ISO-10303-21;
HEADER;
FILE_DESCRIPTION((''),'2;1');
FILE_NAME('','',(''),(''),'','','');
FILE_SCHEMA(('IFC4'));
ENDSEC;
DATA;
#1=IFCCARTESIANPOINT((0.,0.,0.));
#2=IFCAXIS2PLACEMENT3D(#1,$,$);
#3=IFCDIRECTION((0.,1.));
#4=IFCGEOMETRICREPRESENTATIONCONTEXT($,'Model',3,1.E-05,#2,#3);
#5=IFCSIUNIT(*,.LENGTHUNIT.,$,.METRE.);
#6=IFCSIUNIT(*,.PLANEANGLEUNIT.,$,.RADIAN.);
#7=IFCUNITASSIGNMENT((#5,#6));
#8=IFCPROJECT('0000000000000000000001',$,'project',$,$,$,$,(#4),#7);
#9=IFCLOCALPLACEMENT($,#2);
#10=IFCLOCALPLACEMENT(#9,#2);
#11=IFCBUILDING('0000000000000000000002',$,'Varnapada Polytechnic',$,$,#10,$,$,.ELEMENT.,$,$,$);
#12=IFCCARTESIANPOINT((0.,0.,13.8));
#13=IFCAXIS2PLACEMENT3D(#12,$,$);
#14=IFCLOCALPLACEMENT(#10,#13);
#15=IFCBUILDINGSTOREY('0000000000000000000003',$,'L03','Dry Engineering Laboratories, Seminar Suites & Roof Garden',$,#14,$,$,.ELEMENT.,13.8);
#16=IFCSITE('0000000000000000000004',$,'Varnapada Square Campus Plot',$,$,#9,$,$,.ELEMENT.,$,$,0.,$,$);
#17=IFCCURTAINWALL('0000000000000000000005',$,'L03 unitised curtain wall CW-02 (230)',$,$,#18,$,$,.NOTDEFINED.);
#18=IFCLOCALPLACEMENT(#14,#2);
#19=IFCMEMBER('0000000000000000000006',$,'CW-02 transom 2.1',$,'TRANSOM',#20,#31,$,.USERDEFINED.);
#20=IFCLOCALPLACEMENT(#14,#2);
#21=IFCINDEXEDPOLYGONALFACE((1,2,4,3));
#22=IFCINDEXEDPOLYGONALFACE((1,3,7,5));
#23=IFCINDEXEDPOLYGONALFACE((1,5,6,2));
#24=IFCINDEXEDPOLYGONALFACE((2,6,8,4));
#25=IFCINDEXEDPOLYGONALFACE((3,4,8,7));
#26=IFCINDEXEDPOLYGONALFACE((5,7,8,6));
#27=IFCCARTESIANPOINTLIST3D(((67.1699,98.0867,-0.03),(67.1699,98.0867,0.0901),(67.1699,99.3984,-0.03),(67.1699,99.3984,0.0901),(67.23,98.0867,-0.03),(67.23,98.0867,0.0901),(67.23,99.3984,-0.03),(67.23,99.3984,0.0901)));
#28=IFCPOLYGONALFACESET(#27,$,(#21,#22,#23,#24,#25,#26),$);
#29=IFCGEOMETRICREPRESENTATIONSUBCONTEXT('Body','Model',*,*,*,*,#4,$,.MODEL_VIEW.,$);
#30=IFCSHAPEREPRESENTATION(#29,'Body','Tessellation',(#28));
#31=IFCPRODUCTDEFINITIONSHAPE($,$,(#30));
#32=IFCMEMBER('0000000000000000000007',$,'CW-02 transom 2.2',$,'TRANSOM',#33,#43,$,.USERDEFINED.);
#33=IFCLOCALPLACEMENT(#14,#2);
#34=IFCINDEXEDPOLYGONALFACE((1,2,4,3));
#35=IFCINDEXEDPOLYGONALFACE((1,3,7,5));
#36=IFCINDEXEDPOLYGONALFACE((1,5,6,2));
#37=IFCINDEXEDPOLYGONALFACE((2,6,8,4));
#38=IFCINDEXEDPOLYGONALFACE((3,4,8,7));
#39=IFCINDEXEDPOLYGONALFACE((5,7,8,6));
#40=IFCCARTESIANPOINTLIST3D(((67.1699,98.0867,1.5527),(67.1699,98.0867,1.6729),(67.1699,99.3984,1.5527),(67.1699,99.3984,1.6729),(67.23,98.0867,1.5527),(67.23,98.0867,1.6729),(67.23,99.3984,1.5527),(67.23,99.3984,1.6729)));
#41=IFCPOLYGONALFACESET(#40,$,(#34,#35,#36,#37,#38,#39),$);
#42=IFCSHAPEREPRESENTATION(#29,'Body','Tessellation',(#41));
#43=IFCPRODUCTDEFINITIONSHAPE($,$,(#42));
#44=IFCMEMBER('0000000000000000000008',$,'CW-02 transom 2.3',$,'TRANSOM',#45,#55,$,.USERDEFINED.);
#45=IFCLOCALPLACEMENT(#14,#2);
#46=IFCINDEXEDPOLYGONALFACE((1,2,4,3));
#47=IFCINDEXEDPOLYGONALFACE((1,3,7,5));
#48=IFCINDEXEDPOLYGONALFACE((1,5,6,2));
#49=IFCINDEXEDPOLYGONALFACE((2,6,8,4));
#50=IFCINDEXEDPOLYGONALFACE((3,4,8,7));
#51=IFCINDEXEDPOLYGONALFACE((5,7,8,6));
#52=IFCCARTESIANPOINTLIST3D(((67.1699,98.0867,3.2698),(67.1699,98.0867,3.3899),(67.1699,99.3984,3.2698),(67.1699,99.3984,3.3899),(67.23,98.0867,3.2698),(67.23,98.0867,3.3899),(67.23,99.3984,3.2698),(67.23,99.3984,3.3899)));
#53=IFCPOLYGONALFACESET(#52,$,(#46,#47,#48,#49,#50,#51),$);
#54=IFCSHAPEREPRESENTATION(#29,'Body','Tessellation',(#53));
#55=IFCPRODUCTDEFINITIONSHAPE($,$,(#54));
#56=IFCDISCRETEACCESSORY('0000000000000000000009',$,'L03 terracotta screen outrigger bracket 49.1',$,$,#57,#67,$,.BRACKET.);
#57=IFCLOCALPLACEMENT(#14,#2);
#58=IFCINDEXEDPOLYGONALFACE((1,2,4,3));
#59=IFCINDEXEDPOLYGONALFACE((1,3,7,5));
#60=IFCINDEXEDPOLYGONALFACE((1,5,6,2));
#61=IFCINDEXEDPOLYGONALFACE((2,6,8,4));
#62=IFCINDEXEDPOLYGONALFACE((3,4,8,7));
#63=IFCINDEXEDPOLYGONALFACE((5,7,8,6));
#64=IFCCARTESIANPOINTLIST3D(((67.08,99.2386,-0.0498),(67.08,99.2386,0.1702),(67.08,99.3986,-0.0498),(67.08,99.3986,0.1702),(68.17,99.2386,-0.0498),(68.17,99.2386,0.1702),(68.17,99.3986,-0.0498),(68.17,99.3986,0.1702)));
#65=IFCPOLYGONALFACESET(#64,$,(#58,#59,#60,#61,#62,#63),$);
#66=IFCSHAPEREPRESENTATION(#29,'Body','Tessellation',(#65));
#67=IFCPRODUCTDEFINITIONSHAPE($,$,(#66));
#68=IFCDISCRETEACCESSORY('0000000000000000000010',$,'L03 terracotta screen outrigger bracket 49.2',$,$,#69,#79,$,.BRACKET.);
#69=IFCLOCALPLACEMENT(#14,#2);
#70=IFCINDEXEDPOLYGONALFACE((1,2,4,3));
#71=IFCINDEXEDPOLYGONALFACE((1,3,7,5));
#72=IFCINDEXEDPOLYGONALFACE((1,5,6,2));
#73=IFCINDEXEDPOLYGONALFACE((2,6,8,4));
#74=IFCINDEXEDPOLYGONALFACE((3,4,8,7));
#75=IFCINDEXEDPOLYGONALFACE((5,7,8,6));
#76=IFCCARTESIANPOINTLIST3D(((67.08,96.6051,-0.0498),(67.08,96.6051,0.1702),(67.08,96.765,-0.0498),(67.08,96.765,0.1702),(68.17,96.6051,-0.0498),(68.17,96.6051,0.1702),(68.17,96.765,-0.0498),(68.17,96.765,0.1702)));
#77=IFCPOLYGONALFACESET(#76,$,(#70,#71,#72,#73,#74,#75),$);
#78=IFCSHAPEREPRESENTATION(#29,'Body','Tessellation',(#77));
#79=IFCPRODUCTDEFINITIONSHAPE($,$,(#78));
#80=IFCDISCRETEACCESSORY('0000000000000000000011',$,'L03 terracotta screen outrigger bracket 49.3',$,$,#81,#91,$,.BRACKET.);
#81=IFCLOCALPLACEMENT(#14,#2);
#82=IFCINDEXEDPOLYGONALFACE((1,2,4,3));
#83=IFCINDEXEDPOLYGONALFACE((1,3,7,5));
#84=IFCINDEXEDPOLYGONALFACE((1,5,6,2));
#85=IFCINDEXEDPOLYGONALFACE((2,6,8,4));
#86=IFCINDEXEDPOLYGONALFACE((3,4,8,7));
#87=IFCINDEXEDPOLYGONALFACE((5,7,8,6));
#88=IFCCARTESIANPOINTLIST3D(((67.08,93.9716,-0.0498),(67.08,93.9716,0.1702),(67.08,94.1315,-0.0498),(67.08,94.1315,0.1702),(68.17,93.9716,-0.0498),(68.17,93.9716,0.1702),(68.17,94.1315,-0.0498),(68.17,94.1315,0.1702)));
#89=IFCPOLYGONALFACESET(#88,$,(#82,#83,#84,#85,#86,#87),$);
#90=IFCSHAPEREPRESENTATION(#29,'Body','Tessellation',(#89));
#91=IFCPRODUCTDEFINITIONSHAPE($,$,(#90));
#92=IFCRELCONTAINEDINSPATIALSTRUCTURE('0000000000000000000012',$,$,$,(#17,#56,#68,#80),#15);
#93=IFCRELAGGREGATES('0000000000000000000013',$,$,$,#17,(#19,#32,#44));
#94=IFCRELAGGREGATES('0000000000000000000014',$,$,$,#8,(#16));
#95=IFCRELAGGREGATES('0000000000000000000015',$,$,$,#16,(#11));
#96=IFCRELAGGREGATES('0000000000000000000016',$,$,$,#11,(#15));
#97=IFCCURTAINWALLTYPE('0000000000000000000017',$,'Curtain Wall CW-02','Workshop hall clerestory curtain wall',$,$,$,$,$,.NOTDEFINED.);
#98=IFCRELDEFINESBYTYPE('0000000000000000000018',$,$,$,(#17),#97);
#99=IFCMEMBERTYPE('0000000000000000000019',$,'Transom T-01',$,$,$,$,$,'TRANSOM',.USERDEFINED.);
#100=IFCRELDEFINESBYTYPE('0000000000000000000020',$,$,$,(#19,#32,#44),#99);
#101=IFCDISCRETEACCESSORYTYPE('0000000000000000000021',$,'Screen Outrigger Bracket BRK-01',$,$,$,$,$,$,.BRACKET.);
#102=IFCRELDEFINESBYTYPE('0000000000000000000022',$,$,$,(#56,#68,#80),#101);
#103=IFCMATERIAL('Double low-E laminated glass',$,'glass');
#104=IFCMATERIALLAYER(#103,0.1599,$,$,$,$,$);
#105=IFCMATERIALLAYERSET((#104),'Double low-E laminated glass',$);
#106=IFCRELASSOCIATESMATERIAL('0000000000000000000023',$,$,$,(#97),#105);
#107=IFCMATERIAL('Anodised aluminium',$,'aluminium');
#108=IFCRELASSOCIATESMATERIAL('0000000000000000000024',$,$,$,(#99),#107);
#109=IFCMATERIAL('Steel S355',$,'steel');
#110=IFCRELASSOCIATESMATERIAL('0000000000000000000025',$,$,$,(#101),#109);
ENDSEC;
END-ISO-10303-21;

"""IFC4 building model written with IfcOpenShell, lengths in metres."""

from ifc_helpers import new_model, si_unit, direction, frame, origin, origin_2d, place, context, subcontext, project, spatial, rectangle, extrude, material, layer, layer_set, material_profile, profile_set, type_object, element, aggregate, save


model = new_model("IFC4")

# Units and contexts
model_context = context("Model", 3, precision=1e-05, world=origin(), true_north=direction((0.0, 1.0)))
body_context = subcontext(model_context, "Body", "Model", "MODEL_VIEW")
ifc_project = project(units=[si_unit("LENGTHUNIT", "METRE"), si_unit("PLANEANGLEUNIT", "RADIAN")], contexts=[model_context])

# Site, building, storey
site_placement = place(None, origin())
site = spatial("IfcSite", under=ifc_project, at=site_placement, Name="Varnapada Square Campus Plot", CompositionType="ELEMENT", RefElevation=0.0)
building_placement = place(site_placement, origin())
building = spatial("IfcBuilding", under=site, at=building_placement, Name="Varnapada Polytechnic", CompositionType="ELEMENT")
storey_placement = place(building_placement, frame((0.0, 0.0, 13.8)))
storey = spatial("IfcBuildingStorey", under=building, at=storey_placement, Name="L03", Description="Dry Engineering Laboratories, Seminar Suites & Roof Garden", CompositionType="ELEMENT", Elevation=13.8)

# Curtain wall, members
ifc_material_1 = material(Name="Double low-E laminated glass", Category="glass")
ifc_layer_1 = layer(ifc_material_1, 0.1599)
ifc_layer_set_1 = layer_set([ifc_layer_1], Name="Double low-E laminated glass")
curtain_wall_type = type_object("IfcCurtainWallType", Name="Curtain Wall CW-02", Description="Workshop hall clerestory curtain wall", PredefinedType="NOTDEFINED", material=ifc_layer_set_1)
curtain_wall_placement = place(storey_placement, origin())
curtain_wall = element("IfcCurtainWall", 1, at=curtain_wall_placement, inside=storey, type_object=curtain_wall_type, Name="L03 unitised curtain wall CW-02 (230)", PredefinedType="NOTDEFINED")
ifc_material_2 = material(Name="Anodised aluminium", Category="aluminium")
ifc_material_profile = material_profile(ifc_material_2, rectangle(XDim=0.0601, YDim=0.1201, at=origin_2d()), Name="ALU T60x120")
ifc_profile_set = profile_set([ifc_material_profile], Name="Anodised aluminium")
member_type = type_object("IfcMemberType", Name="Transom T-01", ElementType="TRANSOM", PredefinedType="USERDEFINED", material=ifc_profile_set)
member_1_placement = place(storey_placement, frame((67.2, 99.3984, 0.03), z_axis=(0.0, -1.0, 0.0), x_axis=(1.0, 0.0, 0.0)))
member_1 = element("IfcMember", 2, at=member_1_placement, type_object=member_type, Name="CW-02 transom 2.1", ObjectType="TRANSOM", PredefinedType="USERDEFINED", context=body_context, shape_type="SweptSolid", body=[
    extrude(rectangle(XDim=0.0601, YDim=0.1201, at=origin_2d()), origin(), (0.0, 0.0, 1.0), 1.3118),
])
member_2_placement = place(storey_placement, frame((67.2, 99.3984, 1.6128), z_axis=(0.0, -1.0, 0.0), x_axis=(1.0, 0.0, 0.0)))
member_2 = element("IfcMember", 3, at=member_2_placement, type_object=member_type, Name="CW-02 transom 2.2", ObjectType="TRANSOM", PredefinedType="USERDEFINED", context=body_context, shape_type="SweptSolid", body=[
    extrude(rectangle(XDim=0.0601, YDim=0.1201, at=origin_2d()), origin(), (0.0, 0.0, 1.0), 1.3118),
])
member_3_placement = place(storey_placement, frame((67.2, 99.3984, 3.3298), z_axis=(0.0, -1.0, 0.0), x_axis=(1.0, 0.0, 0.0)))
member_3 = element("IfcMember", 4, at=member_3_placement, type_object=member_type, Name="CW-02 transom 2.3", ObjectType="TRANSOM", PredefinedType="USERDEFINED", context=body_context, shape_type="SweptSolid", body=[
    extrude(rectangle(XDim=0.0601, YDim=0.1201, at=origin_2d()), origin(), (0.0, 0.0, 1.0), 1.3118),
])
aggregate(curtain_wall, [member_1, member_2, member_3])

# Discrete accessories
ifc_material_3 = material(Name="Steel S355", Category="steel")
discrete_accessory_type = type_object("IfcDiscreteAccessoryType", Name="Screen Outrigger Bracket BRK-01", PredefinedType="BRACKET", material=ifc_material_3)
for number, where, z_axis, x_axis, name in (
    (5, (67.625, 99.3186, -0.0498), (0.0, 0.0, 1.0), (0.0, -1.0, 0.0), "L03 terracotta screen outrigger bracket 49.1"),
    (6, (67.625, 96.6851, -0.0498), (0.0, 0.0, 1.0), (0.0, -1.0, 0.0), "L03 terracotta screen outrigger bracket 49.2"),
    (7, (67.625, 94.0515, -0.0498), (0.0, 0.0, 1.0), (0.0, -1.0, 0.0), "L03 terracotta screen outrigger bracket 49.3"),
):
    element("IfcDiscreteAccessory", number, at=place(storey_placement, frame(where, z_axis=z_axis, x_axis=x_axis)), inside=storey, type_object=discrete_accessory_type, Name=name, PredefinedType="BRACKET", context=body_context, shape_type="SweptSolid", body=[
        extrude(rectangle(XDim=0.1599, YDim=1.0901, at=origin_2d()), origin(), (0.0, 0.0, 1.0), 0.22),
    ])

save(model, "model.ifc")
